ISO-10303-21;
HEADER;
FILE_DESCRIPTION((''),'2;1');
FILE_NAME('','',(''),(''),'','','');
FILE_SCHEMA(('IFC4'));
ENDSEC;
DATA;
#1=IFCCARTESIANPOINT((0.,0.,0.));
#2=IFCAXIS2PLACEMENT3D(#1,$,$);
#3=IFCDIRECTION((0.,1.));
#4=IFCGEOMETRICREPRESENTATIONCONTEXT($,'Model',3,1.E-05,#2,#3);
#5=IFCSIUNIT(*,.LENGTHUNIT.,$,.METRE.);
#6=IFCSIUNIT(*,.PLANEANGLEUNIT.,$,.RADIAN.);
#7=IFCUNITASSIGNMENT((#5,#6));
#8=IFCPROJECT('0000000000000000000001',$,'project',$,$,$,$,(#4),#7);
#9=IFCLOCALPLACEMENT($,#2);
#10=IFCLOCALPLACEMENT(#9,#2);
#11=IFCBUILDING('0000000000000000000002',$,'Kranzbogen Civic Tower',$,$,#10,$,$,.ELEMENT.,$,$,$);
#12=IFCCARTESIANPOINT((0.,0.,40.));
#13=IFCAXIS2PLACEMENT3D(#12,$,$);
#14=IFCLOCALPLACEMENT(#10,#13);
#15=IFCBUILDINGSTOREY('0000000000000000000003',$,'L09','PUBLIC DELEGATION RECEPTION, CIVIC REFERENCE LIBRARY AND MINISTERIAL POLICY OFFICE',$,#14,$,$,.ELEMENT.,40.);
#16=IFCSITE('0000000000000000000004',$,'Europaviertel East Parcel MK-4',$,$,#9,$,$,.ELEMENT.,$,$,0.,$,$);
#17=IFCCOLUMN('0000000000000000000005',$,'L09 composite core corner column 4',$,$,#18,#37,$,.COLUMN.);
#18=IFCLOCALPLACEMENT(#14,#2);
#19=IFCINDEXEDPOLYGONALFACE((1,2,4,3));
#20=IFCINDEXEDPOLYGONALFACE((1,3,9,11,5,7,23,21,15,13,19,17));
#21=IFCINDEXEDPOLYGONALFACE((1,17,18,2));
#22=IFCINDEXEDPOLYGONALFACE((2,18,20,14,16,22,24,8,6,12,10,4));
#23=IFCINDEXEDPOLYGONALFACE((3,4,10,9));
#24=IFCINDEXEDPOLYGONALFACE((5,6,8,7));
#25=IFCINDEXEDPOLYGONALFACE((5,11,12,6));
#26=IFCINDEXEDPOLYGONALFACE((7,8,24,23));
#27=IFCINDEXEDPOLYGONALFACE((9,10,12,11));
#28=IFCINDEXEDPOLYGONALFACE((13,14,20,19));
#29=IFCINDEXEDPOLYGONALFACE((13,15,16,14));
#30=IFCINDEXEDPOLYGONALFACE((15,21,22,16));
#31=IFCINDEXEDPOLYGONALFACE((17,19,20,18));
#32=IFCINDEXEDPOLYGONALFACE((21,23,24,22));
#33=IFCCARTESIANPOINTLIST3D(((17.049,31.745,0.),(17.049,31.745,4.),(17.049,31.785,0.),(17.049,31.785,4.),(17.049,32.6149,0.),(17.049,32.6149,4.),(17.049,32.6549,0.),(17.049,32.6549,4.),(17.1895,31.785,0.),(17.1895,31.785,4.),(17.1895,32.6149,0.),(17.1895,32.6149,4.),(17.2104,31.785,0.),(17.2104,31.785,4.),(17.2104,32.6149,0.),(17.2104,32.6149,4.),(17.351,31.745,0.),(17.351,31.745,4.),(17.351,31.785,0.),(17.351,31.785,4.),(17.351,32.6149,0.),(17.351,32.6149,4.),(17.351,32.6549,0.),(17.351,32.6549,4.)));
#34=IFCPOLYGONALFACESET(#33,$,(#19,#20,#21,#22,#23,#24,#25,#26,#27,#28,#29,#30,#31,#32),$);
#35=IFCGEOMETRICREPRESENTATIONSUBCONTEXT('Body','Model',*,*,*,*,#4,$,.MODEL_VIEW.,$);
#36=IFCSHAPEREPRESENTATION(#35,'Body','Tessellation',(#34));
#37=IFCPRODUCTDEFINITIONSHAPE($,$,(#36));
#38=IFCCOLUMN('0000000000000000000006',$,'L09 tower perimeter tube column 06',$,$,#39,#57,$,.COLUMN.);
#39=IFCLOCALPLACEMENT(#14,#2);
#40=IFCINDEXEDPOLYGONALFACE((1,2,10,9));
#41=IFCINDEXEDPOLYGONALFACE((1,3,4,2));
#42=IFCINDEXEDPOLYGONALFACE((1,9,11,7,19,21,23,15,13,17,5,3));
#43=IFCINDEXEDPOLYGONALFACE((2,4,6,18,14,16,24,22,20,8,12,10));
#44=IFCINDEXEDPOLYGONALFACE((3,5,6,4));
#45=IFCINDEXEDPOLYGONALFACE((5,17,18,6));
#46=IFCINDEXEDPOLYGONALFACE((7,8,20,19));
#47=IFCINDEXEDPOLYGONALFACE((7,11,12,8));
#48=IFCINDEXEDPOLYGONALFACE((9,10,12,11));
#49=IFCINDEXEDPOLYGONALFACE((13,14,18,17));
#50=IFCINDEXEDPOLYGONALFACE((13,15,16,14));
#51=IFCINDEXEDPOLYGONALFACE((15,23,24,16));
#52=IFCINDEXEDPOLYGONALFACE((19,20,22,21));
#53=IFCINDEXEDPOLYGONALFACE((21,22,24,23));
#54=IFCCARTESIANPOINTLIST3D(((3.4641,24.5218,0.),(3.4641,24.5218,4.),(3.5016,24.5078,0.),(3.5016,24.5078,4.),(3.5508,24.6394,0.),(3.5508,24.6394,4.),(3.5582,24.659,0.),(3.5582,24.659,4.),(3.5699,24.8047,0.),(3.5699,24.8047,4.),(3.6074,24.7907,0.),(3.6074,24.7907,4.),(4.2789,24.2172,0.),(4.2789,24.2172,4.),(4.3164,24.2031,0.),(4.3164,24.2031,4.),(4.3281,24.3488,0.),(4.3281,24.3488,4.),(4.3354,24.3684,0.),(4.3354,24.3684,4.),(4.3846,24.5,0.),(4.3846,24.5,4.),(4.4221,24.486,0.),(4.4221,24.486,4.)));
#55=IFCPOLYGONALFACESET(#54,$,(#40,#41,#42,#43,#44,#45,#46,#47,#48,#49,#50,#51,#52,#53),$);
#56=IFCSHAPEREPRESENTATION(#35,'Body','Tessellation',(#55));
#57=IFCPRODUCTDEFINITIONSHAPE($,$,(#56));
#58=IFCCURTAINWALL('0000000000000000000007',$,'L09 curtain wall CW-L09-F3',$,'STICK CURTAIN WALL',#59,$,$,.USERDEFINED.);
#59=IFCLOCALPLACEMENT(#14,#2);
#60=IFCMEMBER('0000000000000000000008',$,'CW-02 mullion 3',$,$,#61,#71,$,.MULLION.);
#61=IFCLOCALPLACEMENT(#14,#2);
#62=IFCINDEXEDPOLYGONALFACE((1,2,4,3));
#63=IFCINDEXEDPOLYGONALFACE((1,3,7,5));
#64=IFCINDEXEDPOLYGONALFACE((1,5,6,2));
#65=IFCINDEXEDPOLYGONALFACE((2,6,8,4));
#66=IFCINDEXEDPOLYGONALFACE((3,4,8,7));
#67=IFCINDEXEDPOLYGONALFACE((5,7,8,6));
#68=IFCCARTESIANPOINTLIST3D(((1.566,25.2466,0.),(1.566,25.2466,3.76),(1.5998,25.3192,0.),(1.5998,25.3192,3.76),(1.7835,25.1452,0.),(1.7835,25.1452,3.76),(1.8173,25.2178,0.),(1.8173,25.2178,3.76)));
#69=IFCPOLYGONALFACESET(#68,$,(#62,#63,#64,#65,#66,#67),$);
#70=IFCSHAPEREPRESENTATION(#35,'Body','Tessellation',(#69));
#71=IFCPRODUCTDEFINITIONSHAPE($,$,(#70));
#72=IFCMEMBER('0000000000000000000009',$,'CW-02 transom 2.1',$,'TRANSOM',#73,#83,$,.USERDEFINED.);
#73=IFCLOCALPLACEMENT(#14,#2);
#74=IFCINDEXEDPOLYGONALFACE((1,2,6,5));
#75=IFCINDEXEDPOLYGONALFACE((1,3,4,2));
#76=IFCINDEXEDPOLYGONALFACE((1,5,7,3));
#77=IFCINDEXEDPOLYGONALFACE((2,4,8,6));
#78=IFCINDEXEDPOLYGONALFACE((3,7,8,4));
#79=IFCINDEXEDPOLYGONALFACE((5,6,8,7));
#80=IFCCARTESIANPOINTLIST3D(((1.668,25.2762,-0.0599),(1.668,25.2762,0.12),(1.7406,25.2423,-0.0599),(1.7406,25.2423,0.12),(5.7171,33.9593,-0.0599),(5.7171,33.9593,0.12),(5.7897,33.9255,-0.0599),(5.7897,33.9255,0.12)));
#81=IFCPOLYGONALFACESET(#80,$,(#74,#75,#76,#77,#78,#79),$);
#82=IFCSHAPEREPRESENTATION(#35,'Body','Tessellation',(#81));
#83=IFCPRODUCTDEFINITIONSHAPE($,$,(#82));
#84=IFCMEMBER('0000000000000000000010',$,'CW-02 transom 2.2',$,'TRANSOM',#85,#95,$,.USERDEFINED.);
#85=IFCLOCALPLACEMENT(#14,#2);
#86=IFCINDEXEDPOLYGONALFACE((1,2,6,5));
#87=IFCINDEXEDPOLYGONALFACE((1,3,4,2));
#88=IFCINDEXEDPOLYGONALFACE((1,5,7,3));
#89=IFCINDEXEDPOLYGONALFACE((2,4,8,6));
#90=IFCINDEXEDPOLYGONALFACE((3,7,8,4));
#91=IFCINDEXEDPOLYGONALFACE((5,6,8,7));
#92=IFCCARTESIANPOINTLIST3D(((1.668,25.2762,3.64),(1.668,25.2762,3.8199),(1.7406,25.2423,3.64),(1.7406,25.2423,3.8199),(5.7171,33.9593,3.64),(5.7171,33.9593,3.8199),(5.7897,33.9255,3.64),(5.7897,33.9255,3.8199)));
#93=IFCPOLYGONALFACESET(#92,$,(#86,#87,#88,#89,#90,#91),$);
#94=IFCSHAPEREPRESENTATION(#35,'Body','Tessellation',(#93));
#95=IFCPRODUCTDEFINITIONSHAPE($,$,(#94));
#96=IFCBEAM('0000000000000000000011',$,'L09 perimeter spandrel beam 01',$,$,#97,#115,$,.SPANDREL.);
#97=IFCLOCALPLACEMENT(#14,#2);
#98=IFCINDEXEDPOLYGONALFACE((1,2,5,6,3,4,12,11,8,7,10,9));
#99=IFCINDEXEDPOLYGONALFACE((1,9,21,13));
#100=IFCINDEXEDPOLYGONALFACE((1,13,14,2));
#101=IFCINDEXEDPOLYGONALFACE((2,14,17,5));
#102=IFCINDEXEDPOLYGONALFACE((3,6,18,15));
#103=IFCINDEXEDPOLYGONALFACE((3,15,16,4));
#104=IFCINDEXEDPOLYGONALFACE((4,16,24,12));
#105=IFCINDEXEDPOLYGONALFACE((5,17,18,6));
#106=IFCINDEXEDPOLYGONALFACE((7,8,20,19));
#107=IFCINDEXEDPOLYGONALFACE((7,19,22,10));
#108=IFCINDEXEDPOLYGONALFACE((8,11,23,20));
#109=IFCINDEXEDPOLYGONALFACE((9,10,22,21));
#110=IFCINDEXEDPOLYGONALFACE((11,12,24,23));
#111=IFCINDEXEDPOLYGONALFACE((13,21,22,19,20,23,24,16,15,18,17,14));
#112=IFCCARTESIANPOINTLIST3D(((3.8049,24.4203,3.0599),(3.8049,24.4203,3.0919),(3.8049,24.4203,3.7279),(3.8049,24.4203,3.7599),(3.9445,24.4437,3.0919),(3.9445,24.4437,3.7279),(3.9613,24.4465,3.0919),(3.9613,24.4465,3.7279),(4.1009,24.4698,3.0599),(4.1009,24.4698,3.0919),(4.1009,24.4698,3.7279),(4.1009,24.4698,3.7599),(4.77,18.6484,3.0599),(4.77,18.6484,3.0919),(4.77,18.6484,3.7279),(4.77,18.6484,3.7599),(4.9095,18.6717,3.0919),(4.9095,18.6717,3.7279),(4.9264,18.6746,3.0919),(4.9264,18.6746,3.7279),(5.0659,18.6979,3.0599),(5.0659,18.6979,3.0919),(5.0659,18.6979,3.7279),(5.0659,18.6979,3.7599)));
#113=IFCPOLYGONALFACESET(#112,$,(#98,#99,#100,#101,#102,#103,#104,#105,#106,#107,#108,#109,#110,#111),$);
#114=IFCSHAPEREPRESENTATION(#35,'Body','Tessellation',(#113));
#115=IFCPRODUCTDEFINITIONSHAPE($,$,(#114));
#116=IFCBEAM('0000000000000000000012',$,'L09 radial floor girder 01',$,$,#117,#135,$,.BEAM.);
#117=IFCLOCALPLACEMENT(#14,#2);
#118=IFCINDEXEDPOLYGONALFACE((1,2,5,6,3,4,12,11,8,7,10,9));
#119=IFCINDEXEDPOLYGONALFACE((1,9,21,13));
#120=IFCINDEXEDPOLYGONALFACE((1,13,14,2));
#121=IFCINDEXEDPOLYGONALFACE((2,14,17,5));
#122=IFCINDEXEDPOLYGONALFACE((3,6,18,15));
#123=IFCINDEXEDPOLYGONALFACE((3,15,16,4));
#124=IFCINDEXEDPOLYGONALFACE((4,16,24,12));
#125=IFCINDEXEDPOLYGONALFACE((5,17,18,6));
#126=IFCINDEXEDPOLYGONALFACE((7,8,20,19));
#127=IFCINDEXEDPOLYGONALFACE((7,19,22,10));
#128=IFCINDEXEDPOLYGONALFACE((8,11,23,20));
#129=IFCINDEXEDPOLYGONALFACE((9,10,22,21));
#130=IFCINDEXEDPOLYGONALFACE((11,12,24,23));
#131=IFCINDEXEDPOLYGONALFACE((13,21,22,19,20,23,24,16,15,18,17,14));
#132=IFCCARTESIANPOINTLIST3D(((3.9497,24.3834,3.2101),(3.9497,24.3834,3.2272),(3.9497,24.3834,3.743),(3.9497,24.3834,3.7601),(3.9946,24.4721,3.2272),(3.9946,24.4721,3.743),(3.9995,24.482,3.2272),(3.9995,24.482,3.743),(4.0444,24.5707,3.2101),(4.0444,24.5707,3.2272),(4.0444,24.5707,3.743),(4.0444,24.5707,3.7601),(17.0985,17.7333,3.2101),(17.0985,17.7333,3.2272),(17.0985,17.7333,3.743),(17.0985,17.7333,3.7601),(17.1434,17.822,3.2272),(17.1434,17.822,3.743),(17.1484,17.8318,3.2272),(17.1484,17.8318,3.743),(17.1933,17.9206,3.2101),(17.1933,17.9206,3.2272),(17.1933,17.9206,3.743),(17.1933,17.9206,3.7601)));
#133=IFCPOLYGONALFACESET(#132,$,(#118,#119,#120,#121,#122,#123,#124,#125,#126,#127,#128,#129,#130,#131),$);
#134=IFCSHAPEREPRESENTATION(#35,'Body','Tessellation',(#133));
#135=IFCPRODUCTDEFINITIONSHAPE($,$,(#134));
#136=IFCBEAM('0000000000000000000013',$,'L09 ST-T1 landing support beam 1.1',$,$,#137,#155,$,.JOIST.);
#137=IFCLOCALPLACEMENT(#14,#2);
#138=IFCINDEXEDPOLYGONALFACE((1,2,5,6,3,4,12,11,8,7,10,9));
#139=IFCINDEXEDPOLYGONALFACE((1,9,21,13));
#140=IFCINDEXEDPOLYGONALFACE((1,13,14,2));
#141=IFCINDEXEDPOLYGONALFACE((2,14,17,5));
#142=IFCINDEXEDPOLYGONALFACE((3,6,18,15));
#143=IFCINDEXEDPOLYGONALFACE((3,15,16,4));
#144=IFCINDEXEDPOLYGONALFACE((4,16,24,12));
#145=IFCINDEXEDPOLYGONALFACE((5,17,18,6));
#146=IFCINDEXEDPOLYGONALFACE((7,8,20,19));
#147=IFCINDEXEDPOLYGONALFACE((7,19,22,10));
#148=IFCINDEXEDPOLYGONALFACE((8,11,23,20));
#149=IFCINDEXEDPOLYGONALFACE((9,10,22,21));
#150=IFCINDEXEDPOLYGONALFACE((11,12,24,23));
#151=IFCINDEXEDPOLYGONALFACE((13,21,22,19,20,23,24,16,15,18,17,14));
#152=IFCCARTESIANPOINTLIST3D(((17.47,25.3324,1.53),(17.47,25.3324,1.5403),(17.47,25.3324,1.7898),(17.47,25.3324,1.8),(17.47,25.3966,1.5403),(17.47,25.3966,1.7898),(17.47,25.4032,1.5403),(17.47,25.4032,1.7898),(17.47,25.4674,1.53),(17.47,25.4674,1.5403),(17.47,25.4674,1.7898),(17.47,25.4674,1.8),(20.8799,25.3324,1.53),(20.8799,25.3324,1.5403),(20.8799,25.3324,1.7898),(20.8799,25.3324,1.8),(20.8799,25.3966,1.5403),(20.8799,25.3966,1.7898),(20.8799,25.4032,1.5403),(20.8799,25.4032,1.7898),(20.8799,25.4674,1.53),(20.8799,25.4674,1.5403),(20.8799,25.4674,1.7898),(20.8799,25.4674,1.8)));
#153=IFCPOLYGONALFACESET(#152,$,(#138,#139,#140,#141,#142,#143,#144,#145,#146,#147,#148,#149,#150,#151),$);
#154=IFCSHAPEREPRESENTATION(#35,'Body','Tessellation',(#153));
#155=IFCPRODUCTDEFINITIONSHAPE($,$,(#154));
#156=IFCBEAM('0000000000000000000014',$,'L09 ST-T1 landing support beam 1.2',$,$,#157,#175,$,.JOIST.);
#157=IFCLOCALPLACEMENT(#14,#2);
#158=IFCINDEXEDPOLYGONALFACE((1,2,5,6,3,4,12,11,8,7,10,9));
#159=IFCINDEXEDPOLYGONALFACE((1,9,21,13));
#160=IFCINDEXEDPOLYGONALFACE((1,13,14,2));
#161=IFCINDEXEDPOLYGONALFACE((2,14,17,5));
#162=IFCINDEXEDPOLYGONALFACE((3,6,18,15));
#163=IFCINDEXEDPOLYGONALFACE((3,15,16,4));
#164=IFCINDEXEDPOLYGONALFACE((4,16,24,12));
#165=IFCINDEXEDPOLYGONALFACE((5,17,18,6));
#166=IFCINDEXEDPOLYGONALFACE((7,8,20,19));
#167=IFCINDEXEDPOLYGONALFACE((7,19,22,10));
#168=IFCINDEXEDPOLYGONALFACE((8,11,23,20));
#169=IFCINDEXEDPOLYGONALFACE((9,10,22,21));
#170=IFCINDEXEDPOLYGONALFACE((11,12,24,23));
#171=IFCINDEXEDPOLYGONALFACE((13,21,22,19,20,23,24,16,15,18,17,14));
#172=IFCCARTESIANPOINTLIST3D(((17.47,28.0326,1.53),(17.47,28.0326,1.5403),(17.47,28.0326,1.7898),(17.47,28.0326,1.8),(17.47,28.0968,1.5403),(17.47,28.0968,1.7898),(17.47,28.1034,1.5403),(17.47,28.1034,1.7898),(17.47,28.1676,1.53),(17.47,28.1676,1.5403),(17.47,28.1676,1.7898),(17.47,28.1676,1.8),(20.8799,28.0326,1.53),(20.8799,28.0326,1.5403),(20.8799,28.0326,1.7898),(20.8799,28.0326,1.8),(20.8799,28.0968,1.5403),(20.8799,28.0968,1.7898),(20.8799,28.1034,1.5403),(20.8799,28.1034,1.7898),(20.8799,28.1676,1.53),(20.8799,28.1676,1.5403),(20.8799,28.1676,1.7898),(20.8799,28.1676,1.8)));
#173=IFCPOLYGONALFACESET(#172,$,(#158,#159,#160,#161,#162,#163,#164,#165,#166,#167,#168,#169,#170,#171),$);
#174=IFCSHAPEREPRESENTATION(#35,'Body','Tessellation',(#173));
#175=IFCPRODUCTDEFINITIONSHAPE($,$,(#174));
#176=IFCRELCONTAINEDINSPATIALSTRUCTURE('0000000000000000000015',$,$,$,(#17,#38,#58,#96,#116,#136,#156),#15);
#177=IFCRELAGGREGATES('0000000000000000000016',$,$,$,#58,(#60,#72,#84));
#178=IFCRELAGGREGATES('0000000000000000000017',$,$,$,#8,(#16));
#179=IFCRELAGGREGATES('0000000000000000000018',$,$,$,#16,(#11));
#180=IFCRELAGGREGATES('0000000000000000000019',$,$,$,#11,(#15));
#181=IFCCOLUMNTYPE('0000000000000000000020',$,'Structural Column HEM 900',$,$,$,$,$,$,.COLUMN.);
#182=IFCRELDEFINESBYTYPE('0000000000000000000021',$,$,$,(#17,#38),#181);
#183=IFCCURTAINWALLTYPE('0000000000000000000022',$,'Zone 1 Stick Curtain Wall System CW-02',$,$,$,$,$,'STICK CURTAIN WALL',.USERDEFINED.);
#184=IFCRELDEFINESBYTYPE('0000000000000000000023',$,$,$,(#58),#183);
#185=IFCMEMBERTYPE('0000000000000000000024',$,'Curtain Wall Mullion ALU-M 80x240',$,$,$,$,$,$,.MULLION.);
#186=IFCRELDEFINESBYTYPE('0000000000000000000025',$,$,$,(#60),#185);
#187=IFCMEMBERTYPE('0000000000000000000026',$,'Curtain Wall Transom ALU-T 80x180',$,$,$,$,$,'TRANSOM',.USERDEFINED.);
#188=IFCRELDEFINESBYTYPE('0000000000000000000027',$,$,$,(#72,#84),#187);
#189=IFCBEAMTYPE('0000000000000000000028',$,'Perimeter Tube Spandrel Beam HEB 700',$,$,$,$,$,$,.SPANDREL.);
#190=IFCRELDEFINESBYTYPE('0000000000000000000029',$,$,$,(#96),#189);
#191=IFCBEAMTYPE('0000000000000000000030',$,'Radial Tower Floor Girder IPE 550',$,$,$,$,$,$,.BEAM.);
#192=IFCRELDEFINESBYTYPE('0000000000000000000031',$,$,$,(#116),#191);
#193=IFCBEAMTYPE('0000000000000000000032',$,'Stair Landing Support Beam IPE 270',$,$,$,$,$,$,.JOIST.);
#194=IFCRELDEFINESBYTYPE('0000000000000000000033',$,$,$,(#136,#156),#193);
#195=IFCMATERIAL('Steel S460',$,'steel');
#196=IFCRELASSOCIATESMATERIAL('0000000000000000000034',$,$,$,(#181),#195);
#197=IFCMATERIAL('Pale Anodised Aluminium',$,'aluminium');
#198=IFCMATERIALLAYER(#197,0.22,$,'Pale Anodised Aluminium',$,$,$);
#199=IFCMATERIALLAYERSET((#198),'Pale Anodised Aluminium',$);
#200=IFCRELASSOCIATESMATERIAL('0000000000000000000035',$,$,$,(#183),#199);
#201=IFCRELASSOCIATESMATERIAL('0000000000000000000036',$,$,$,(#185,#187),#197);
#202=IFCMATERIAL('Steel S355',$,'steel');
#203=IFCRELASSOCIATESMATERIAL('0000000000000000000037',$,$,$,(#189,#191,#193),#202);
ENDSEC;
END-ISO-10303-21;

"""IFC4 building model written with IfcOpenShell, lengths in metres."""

from ifc_helpers import new_model, si_unit, direction, frame, origin, origin_2d, place, context, subcontext, project, spatial, rectangle, i_section, extrude, material, layer, layer_set, material_profile, profile_set, type_object, element, aggregate, save


model = new_model("IFC4")

# Units and contexts
model_context = context("Model", 3, precision=1e-05, world=origin(), true_north=direction((0.0, 1.0)))
body_context = subcontext(model_context, "Body", "Model", "MODEL_VIEW")
ifc_project = project(units=[si_unit("LENGTHUNIT", "METRE"), si_unit("PLANEANGLEUNIT", "RADIAN")], contexts=[model_context])

# Site, building, storey
site_placement = place(None, origin())
site = spatial("IfcSite", under=ifc_project, at=site_placement, Name="Europaviertel East Parcel MK-4", CompositionType="ELEMENT", RefElevation=0.0)
building_placement = place(site_placement, origin())
building = spatial("IfcBuilding", under=site, at=building_placement, Name="Kranzbogen Civic Tower", CompositionType="ELEMENT")
storey_placement = place(building_placement, frame((0.0, 0.0, 40.0)))
storey = spatial("IfcBuildingStorey", under=building, at=storey_placement, Name="L09", Description="PUBLIC DELEGATION RECEPTION, CIVIC REFERENCE LIBRARY AND MINISTERIAL POLICY OFFICE", CompositionType="ELEMENT", Elevation=40.0)

# Columns
ifc_material_1 = material(Name="Steel S460", Category="steel")
ifc_material_profile_1 = material_profile(ifc_material_1, i_section(OverallWidth=0.302, OverallDepth=0.9099, WebThickness=0.021, FlangeThickness=0.04, at=origin_2d()), Name="HEM 900")
ifc_profile_set_1 = profile_set([ifc_material_profile_1], Name="Steel S460")
column_type = type_object("IfcColumnType", Name="Structural Column HEM 900", PredefinedType="COLUMN", material=ifc_profile_set_1)
for number, where, z_axis, x_axis, name in (
    (1, (17.2, 32.2, 0.0), (0.0, 0.0, 1.0), (1.0, 0.0, 0.0), "L09 composite core corner column 4"),
    (2, (3.9431, 24.5039, 0.0), (0.0, 0.0, 1.0), (0.350207, 0.936672, 0.0), "L09 tower perimeter tube column 06"),
):
    element("IfcColumn", number, at=place(storey_placement, frame(where, z_axis=z_axis, x_axis=x_axis)), inside=storey, type_object=column_type, Name=name, PredefinedType="COLUMN", context=body_context, shape_type="SweptSolid", body=[
        extrude(i_section(OverallWidth=0.302, OverallDepth=0.9099, WebThickness=0.021, FlangeThickness=0.04, at=origin_2d()), origin(), (0.0, 0.0, 1.0), 4.0),
    ])

# Curtain wall, members
ifc_material_2 = material(Name="Pale Anodised Aluminium", Category="aluminium")
ifc_layer_1 = layer(ifc_material_2, 0.22, Name="Pale Anodised Aluminium")
ifc_layer_set_1 = layer_set([ifc_layer_1], Name="Pale Anodised Aluminium")
curtain_wall_type = type_object("IfcCurtainWallType", Name="Zone 1 Stick Curtain Wall System CW-02", ElementType="STICK CURTAIN WALL", PredefinedType="USERDEFINED", material=ifc_layer_set_1)
curtain_wall_placement = place(storey_placement, origin())
curtain_wall = element("IfcCurtainWall", 3, at=curtain_wall_placement, inside=storey, type_object=curtain_wall_type, Name="L09 curtain wall CW-L09-F3", ObjectType="STICK CURTAIN WALL", PredefinedType="USERDEFINED")
ifc_material_profile_2 = material_profile(ifc_material_2, rectangle(XDim=0.0801, YDim=0.24, at=origin_2d()), Name="ALU-M 80x240")
ifc_profile_set_2 = profile_set([ifc_material_profile_2], Name="Pale Anodised Aluminium")
member_type_1 = type_object("IfcMemberType", Name="Curtain Wall Mullion ALU-M 80x240", PredefinedType="MULLION", material=ifc_profile_set_2)
member_1_placement = place(storey_placement, frame((1.6917, 25.2322, 0.0), z_axis=(0.0, 0.0, 1.0), x_axis=(-0.422622, -0.906306, 0.0)))
member_1 = element("IfcMember", 4, at=member_1_placement, type_object=member_type_1, Name="CW-02 mullion 3", PredefinedType="MULLION", context=body_context, shape_type="SweptSolid", body=[
    extrude(rectangle(XDim=0.0801, YDim=0.24, at=origin_2d()), origin(), (0.0, 0.0, 1.0), 3.76),
])
ifc_material_profile_3 = material_profile(ifc_material_2, rectangle(XDim=0.0801, YDim=0.1799, at=origin_2d()), Name="ALU-T 80x180")
ifc_profile_set_3 = profile_set([ifc_material_profile_3], Name="Pale Anodised Aluminium")
member_type_2 = type_object("IfcMemberType", Name="Curtain Wall Transom ALU-T 80x180", ElementType="TRANSOM", PredefinedType="USERDEFINED", material=ifc_profile_set_3)
member_2_placement = place(storey_placement, frame((5.7534, 33.9424, 0.03), z_axis=(-0.422625, -0.906305, 0.0), x_axis=(0.906305, -0.422625, 0.0)))
member_2 = element("IfcMember", 5, at=member_2_placement, type_object=member_type_2, Name="CW-02 transom 2.1", ObjectType="TRANSOM", PredefinedType="USERDEFINED", context=body_context, shape_type="SweptSolid", body=[
    extrude(rectangle(XDim=0.0801, YDim=0.1799, at=origin_2d()), origin(), (0.0, 0.0, 1.0), 9.5808),
])
member_3_placement = place(storey_placement, frame((5.7534, 33.9424, 3.73), z_axis=(-0.422625, -0.906305, 0.0), x_axis=(0.906305, -0.422625, 0.0)))
member_3 = element("IfcMember", 6, at=member_3_placement, type_object=member_type_2, Name="CW-02 transom 2.2", ObjectType="TRANSOM", PredefinedType="USERDEFINED", context=body_context, shape_type="SweptSolid", body=[
    extrude(rectangle(XDim=0.0801, YDim=0.1799, at=origin_2d()), origin(), (0.0, 0.0, 1.0), 9.5808),
])

# Beams
ifc_material_3 = material(Name="Steel S355", Category="steel")
ifc_material_profile_4 = material_profile(ifc_material_3, i_section(OverallWidth=0.3, OverallDepth=0.7, WebThickness=0.0171, FlangeThickness=0.032, at=origin_2d()), Name="HEB 700")
ifc_profile_set_4 = profile_set([ifc_material_profile_4], Name="Steel S355")
beam_type_1 = type_object("IfcBeamType", Name="Perimeter Tube Spandrel Beam HEB 700", PredefinedType="SPANDREL", material=ifc_profile_set_4)
beam_1_placement = place(storey_placement, frame((3.9529, 24.4451, 3.4099), z_axis=(0.164913, -0.986308, 0.0), x_axis=(0.986308, 0.164913, 0.0)))
element("IfcBeam", 7, at=beam_1_placement, inside=storey, type_object=beam_type_1, Name="L09 perimeter spandrel beam 01", PredefinedType="SPANDREL", context=body_context, shape_type="SweptSolid", body=[
    extrude(i_section(OverallWidth=0.3, OverallDepth=0.7, WebThickness=0.0171, FlangeThickness=0.032, at=origin_2d()), origin(), (0.0, 0.0, 1.0), 5.8521),
])
ifc_material_profile_5 = material_profile(ifc_material_3, i_section(OverallWidth=0.21, OverallDepth=0.55, WebThickness=0.011, FlangeThickness=0.0171, at=origin_2d()), Name="IPE 550")
ifc_profile_set_5 = profile_set([ifc_material_profile_5], Name="Steel S355")
beam_type_2 = type_object("IfcBeamType", Name="Radial Tower Floor Girder IPE 550", PredefinedType="BEAM", material=ifc_profile_set_5)
beam_2_placement = place(storey_placement, frame((3.9971, 24.4771, 3.4851), z_axis=(0.892363, -0.451318, 0.0), x_axis=(0.451318, 0.892363, 0.0)))
element("IfcBeam", 8, at=beam_2_placement, inside=storey, type_object=beam_type_2, Name="L09 radial floor girder 01", PredefinedType="BEAM", context=body_context, shape_type="SweptSolid", body=[
    extrude(i_section(OverallWidth=0.21, OverallDepth=0.55, WebThickness=0.011, FlangeThickness=0.0171, at=origin_2d()), origin(), (0.0, 0.0, 1.0), 14.7349),
])
ifc_material_profile_6 = material_profile(ifc_material_3, i_section(OverallWidth=0.135, OverallDepth=0.27, WebThickness=0.0066, FlangeThickness=0.0103, at=origin_2d()), Name="IPE 270")
ifc_profile_set_6 = profile_set([ifc_material_profile_6], Name="Steel S355")
beam_type_3 = type_object("IfcBeamType", Name="Stair Landing Support Beam IPE 270", PredefinedType="JOIST", material=ifc_profile_set_6)
for number, where, z_axis, x_axis, name in (
    (9, (20.8799, 25.3999, 1.665), (-1.0, 0.0, 0.0), (0.0, -1.0, 0.0), "L09 ST-T1 landing support beam 1.1"),
    (10, (20.8799, 28.1001, 1.665), (-1.0, 0.0, 0.0), (0.0, -1.0, 0.0), "L09 ST-T1 landing support beam 1.2"),
):
    element("IfcBeam", number, at=place(storey_placement, frame(where, z_axis=z_axis, x_axis=x_axis)), inside=storey, type_object=beam_type_3, Name=name, PredefinedType="JOIST", context=body_context, shape_type="SweptSolid", body=[
        extrude(i_section(OverallWidth=0.135, OverallDepth=0.27, WebThickness=0.0066, FlangeThickness=0.0103, at=origin_2d()), origin(), (0.0, 0.0, 1.0), 3.4099),
    ])

aggregate(curtain_wall, [member_1, member_2, member_3])

save(model, "model.ifc")
